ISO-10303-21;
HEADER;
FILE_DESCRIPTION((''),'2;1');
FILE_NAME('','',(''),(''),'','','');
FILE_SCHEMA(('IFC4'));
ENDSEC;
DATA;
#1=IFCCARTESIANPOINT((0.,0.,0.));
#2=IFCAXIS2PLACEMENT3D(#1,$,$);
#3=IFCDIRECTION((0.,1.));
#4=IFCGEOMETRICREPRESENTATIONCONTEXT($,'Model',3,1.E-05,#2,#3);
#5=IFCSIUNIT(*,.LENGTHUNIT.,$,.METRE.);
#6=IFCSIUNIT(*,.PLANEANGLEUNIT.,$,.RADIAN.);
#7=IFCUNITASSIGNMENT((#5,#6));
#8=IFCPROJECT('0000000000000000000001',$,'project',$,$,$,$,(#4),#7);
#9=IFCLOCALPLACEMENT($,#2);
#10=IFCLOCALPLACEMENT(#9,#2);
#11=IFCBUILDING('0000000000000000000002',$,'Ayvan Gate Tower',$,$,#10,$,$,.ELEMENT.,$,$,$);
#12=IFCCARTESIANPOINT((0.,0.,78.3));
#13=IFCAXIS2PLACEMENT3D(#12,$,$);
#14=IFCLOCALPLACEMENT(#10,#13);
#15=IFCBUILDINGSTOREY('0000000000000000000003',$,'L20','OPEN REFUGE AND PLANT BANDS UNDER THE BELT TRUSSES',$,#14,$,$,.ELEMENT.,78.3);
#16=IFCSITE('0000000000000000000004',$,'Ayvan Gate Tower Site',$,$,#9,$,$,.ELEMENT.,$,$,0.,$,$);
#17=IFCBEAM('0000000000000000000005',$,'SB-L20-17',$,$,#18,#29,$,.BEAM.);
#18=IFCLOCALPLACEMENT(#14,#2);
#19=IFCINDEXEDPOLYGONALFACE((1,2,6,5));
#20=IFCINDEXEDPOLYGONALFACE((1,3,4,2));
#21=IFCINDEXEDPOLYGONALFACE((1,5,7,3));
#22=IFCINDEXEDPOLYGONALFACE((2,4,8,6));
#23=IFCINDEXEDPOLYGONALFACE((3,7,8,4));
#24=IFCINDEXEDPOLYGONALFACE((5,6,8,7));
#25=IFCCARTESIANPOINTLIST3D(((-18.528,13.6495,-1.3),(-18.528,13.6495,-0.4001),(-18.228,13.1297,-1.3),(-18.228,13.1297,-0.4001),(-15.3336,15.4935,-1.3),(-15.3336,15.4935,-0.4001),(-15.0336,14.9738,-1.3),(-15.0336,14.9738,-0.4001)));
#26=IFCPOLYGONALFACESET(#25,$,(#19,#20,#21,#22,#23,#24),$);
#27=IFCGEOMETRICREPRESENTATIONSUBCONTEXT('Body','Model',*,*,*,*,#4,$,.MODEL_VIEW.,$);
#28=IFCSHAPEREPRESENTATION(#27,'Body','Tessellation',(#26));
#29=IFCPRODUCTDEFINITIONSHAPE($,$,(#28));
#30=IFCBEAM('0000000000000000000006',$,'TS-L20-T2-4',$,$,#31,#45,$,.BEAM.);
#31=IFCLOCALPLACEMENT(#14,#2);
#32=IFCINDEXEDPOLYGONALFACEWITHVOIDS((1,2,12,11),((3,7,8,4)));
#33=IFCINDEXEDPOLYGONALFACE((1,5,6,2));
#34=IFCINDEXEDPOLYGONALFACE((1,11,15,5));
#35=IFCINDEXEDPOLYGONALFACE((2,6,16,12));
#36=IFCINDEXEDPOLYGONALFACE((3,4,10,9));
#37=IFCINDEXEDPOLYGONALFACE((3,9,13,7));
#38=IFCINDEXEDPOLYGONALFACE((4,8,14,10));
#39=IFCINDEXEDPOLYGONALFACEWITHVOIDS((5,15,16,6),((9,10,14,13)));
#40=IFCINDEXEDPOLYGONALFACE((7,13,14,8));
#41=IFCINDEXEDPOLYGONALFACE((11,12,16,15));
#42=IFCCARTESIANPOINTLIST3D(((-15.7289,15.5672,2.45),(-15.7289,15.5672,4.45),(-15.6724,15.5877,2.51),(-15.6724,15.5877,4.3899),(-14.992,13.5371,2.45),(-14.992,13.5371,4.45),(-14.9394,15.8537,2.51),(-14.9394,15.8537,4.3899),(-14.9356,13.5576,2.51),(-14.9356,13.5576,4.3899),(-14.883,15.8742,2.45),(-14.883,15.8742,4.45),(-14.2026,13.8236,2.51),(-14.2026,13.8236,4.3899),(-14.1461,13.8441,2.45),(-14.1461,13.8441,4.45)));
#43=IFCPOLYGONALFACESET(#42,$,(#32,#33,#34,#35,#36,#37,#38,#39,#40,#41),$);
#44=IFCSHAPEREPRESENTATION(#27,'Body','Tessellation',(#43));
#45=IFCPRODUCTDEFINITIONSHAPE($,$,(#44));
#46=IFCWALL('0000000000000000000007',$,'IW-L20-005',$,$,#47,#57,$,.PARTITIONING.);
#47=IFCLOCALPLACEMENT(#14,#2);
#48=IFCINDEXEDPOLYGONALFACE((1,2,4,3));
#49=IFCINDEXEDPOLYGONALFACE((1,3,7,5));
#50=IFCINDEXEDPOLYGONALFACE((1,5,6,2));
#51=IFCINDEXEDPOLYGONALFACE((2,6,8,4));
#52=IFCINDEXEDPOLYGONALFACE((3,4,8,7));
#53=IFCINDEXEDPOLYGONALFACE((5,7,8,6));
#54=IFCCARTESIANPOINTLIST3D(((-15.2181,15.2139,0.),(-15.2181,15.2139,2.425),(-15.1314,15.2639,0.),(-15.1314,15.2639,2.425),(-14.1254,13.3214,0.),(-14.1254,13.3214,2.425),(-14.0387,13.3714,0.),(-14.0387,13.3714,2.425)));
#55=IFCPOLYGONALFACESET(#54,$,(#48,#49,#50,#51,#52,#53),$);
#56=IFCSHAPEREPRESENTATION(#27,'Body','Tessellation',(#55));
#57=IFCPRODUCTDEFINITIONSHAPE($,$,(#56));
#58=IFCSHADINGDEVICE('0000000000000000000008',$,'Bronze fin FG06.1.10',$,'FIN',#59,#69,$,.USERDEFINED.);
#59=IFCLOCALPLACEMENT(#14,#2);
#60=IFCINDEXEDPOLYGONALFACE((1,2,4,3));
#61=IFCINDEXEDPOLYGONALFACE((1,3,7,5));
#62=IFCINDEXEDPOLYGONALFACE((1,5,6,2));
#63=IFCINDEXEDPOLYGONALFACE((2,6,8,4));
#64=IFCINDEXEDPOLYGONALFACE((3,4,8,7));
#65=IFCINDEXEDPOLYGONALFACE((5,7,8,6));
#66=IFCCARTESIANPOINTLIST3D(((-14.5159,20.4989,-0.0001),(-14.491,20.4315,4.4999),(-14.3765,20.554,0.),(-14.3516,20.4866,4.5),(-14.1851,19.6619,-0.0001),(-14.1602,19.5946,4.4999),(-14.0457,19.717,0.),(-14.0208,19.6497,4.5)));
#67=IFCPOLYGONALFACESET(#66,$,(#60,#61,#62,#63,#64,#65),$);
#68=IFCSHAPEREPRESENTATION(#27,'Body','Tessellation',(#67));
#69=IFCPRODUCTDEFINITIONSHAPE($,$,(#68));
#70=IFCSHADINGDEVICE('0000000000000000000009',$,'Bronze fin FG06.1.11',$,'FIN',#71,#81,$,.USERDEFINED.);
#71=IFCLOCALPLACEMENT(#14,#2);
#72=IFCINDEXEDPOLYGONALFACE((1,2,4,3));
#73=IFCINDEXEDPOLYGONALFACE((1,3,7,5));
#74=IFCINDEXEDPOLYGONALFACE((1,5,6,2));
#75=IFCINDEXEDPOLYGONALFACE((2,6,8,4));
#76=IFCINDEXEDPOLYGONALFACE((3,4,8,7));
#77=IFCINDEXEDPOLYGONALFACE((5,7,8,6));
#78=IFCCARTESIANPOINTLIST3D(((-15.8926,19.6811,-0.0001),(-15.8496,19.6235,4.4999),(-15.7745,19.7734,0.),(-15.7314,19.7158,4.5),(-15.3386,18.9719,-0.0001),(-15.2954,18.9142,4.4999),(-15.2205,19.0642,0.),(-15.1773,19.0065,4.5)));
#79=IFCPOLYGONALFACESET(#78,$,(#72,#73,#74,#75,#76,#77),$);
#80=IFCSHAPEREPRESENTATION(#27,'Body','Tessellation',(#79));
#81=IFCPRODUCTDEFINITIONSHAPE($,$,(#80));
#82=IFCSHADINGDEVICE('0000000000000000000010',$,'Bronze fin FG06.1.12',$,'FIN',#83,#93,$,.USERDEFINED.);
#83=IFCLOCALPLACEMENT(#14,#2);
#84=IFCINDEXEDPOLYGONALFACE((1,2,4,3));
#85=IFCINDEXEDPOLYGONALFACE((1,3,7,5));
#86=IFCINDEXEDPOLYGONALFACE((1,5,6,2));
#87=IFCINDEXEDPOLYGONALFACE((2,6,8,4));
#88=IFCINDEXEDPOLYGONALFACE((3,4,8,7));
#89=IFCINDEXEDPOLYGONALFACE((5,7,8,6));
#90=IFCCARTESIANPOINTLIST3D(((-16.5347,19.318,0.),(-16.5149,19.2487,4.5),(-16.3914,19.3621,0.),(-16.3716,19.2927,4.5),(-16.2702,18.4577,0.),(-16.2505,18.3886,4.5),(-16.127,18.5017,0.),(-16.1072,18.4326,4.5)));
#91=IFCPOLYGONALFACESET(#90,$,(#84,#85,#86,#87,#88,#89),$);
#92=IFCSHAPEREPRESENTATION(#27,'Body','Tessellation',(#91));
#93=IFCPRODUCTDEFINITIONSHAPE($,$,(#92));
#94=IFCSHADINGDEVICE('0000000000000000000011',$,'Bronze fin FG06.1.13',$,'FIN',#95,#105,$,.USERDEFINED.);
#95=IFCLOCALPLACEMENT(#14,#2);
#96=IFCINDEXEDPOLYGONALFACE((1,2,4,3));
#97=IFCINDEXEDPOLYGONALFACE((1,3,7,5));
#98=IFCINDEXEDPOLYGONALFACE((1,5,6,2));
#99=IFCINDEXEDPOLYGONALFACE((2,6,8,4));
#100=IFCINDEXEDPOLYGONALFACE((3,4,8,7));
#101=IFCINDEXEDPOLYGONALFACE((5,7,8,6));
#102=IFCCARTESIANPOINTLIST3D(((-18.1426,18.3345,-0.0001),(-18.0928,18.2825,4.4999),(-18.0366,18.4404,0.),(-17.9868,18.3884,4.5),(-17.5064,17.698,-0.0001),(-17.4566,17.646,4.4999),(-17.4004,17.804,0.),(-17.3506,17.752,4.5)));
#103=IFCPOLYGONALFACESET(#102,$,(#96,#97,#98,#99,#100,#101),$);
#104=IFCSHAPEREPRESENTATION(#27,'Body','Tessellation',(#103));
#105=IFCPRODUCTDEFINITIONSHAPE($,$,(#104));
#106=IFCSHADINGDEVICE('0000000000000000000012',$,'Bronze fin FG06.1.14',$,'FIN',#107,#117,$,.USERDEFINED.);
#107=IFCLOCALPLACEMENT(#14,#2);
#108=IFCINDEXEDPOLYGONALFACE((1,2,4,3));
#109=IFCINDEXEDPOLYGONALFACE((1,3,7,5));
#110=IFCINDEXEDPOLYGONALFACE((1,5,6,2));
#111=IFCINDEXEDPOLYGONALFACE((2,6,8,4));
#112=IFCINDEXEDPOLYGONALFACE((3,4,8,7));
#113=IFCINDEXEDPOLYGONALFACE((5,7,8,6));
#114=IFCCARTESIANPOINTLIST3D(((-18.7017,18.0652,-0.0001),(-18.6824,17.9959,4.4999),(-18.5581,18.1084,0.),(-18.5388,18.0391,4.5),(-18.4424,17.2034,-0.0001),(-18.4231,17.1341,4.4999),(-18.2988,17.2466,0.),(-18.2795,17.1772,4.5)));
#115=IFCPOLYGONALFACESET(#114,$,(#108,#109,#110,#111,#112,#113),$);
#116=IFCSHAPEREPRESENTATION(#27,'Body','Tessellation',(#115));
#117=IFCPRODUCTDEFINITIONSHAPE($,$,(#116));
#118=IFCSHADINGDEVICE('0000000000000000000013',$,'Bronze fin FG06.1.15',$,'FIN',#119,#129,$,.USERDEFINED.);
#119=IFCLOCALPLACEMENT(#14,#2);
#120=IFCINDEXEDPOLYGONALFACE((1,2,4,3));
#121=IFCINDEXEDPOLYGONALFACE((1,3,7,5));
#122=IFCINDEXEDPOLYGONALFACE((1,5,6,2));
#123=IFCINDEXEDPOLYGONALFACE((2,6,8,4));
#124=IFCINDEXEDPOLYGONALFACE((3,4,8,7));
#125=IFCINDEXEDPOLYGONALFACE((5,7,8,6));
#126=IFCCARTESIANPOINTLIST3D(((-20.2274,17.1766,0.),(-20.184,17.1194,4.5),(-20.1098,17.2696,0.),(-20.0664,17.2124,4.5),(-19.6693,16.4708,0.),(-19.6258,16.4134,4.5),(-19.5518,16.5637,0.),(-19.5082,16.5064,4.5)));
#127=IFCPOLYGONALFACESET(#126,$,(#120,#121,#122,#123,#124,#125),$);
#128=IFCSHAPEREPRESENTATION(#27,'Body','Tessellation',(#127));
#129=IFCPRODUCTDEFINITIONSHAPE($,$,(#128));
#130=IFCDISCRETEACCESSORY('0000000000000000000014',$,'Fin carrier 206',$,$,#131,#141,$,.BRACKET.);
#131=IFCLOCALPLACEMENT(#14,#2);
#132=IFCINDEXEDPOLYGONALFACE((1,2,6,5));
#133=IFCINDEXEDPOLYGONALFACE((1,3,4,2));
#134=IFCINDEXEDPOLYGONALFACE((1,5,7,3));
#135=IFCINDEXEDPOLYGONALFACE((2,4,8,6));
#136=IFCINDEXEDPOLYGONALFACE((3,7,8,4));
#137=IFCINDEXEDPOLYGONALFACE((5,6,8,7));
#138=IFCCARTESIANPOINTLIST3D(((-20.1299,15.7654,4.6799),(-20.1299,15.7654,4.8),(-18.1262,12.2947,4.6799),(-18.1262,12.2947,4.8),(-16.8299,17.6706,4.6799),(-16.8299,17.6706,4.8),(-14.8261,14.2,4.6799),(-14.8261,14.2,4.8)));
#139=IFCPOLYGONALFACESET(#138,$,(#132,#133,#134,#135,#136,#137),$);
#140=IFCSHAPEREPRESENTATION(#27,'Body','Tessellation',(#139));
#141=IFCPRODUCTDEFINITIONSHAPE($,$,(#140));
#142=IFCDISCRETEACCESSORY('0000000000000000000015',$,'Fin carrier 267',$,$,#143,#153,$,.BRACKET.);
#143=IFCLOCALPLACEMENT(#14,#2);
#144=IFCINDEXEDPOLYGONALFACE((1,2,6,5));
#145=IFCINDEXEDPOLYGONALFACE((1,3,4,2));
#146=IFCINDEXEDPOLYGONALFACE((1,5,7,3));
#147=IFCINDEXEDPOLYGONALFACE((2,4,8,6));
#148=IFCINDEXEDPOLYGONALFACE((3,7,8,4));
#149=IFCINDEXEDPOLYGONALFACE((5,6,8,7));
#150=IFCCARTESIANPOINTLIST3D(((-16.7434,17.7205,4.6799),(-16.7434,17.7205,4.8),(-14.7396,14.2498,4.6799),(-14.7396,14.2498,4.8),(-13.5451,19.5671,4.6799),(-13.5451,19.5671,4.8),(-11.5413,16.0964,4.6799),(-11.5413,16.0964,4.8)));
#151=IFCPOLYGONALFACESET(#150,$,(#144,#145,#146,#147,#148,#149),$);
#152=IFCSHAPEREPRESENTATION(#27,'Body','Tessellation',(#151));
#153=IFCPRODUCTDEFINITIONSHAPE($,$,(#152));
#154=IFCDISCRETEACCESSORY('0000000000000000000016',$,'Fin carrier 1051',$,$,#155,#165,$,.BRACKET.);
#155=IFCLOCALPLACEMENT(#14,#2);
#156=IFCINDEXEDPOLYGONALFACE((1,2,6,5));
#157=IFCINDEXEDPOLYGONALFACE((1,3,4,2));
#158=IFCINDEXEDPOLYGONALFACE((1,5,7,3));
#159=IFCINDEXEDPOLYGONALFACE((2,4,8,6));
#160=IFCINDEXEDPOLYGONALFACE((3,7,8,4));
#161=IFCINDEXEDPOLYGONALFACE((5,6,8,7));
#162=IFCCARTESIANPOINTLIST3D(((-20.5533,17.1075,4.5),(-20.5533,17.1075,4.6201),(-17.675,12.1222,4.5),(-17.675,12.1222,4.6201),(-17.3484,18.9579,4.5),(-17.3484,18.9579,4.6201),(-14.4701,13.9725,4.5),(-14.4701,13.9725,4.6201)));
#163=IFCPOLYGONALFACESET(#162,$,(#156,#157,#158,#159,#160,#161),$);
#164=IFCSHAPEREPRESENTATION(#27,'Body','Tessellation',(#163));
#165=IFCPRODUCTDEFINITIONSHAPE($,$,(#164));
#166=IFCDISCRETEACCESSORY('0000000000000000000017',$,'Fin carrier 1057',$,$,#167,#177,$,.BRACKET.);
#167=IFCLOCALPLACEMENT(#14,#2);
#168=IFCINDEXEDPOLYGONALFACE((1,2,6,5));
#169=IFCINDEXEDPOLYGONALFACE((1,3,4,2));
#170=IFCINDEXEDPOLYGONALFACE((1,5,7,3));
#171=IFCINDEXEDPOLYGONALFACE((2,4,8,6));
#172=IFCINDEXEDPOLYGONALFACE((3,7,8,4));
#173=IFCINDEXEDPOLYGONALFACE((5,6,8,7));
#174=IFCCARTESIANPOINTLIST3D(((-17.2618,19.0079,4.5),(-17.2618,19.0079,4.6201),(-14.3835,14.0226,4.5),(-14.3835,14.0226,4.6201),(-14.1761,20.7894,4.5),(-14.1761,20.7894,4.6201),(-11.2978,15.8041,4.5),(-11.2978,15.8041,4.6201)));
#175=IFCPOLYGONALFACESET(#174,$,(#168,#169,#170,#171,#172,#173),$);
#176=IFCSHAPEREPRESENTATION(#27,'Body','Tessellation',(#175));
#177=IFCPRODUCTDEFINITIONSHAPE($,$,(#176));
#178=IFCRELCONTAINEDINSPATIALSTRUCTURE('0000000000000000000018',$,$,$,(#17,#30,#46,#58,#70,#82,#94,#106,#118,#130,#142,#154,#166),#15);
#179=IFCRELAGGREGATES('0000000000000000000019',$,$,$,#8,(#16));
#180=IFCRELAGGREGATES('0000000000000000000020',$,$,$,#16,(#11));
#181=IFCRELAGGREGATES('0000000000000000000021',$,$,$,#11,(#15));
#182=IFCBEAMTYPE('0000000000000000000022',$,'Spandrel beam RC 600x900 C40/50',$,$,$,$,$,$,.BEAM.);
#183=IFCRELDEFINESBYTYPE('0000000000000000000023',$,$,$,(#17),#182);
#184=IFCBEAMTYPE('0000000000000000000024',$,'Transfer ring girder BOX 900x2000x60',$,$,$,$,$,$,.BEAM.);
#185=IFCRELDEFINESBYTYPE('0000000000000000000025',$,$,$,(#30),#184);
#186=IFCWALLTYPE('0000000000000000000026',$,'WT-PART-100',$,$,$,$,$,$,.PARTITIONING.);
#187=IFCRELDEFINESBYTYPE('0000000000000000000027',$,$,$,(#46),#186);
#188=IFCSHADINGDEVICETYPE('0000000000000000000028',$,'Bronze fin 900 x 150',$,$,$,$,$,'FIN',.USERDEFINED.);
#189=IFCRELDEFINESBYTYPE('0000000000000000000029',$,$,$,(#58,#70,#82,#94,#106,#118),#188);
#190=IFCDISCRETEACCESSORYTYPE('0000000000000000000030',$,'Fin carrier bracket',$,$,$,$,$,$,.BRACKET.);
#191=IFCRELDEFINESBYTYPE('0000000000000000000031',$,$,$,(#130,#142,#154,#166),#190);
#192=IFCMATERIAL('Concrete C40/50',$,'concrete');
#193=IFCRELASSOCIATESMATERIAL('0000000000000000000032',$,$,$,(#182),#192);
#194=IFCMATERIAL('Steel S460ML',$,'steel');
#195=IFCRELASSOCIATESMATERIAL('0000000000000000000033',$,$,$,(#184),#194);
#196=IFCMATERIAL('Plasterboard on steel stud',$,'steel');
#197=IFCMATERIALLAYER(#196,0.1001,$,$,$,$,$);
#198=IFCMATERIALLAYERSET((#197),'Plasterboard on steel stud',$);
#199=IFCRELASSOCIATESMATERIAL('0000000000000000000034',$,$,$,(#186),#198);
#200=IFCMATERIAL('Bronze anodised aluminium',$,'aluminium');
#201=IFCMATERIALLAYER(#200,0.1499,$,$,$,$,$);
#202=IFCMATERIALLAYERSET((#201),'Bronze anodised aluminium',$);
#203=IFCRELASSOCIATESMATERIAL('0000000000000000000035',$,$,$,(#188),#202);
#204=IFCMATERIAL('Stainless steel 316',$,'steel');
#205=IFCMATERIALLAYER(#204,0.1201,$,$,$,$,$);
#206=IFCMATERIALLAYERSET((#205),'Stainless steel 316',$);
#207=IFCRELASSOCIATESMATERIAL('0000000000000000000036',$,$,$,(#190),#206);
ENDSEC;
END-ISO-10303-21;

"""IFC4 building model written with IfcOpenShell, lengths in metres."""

from ifc_helpers import new_model, si_unit, direction, frame, frame_2d, origin, origin_2d, place, context, subcontext, project, spatial, polyline, rectangle, hollow_rectangle, outline, extrude, material, layer, layer_set, material_profile, profile_set, type_object, element, save


model = new_model("IFC4")

# Units and contexts
model_context = context("Model", 3, precision=1e-05, world=origin(), true_north=direction((0.0, 1.0)))
body_context = subcontext(model_context, "Body", "Model", "MODEL_VIEW")
ifc_project = project(units=[si_unit("LENGTHUNIT", "METRE"), si_unit("PLANEANGLEUNIT", "RADIAN")], contexts=[model_context])

# Site, building, storey
site_placement = place(None, origin())
site = spatial("IfcSite", under=ifc_project, at=site_placement, Name="Ayvan Gate Tower Site", CompositionType="ELEMENT", RefElevation=0.0)
building_placement = place(site_placement, origin())
building = spatial("IfcBuilding", under=site, at=building_placement, Name="Ayvan Gate Tower", CompositionType="ELEMENT")
storey_placement = place(building_placement, frame((0.0, 0.0, 78.3)))
storey = spatial("IfcBuildingStorey", under=building, at=storey_placement, Name="L20", Description="OPEN REFUGE AND PLANT BANDS UNDER THE BELT TRUSSES", CompositionType="ELEMENT", Elevation=78.3)

# Shared definitions
ifc_material_1 = material(Name="Steel S460ML", Category="steel")

# Beams
ifc_material_2 = material(Name="Concrete C40/50", Category="concrete")
ifc_material_profile_1 = material_profile(ifc_material_2, rectangle(XDim=0.6001, YDim=0.8999, at=origin_2d()), Name="RC 600x900")
ifc_profile_set_1 = profile_set([ifc_material_profile_1], Name="Concrete C40/50")
beam_type_1 = type_object("IfcBeamType", Name="Spandrel beam RC 600x900 C40/50", PredefinedType="BEAM", material=ifc_profile_set_1)
beam_1_placement = place(storey_placement, frame((-15.1836, 15.2336, -0.8501), z_axis=(-0.866056, -0.499948, 0.0), x_axis=(0.499948, -0.866056, 0.0)))
element("IfcBeam", 1, at=beam_1_placement, inside=storey, type_object=beam_type_1, Name="SB-L20-17", PredefinedType="BEAM", context=body_context, shape_type="SweptSolid", body=[
    extrude(rectangle(XDim=0.6001, YDim=0.8999, at=origin_2d()), origin(), (0.0, 0.0, 1.0), 3.6885),
])
ifc_material_profile_2 = material_profile(ifc_material_1, hollow_rectangle(XDim=0.8999, YDim=2.0, WallThickness=0.0601, at=origin_2d()), Name="BOX 900x2000x60")
ifc_profile_set_2 = profile_set([ifc_material_profile_2], Name="Steel S460ML")
beam_type_2 = type_object("IfcBeamType", Name="Transfer ring girder BOX 900x2000x60", PredefinedType="BEAM", material=ifc_profile_set_2)
beam_2_placement = place(storey_placement, frame((-15.3059, 15.7207, 3.45), z_axis=(0.34118, -0.939998, 0.0), x_axis=(0.939998, 0.34118, 0.0)))
element("IfcBeam", 2, at=beam_2_placement, inside=storey, type_object=beam_type_2, Name="TS-L20-T2-4", PredefinedType="BEAM", context=body_context, shape_type="SweptSolid", body=[
    extrude(hollow_rectangle(XDim=0.8999, YDim=2.0, WallThickness=0.0601, at=origin_2d()), origin(), (0.0, 0.0, 1.0), 2.1597),
])

# Wall
ifc_material_3 = material(Name="Plasterboard on steel stud", Category="steel")
ifc_layer_1 = layer(ifc_material_3, 0.1001)
ifc_layer_set_1 = layer_set([ifc_layer_1], Name="Plasterboard on steel stud")
wall_type = type_object("IfcWallType", Name="WT-PART-100", PredefinedType="PARTITIONING", material=ifc_layer_set_1)
wall_placement = place(storey_placement, frame((-15.1748, 15.239, 0.0), z_axis=(0.0, 0.0, 1.0), x_axis=(0.500032, -0.866007, 0.0)))
element("IfcWall", 3, at=wall_placement, inside=storey, type_object=wall_type, Name="IW-L20-005", PredefinedType="PARTITIONING", context=body_context, shape_type="SweptSolid", body=[
    extrude(rectangle(XDim=2.1853, YDim=0.1001, at=frame_2d((1.0928, 0.0))), origin(), (0.0, 0.0, 1.0), 2.425),
])

# Shading devices
ifc_material_4 = material(Name="Bronze anodised aluminium", Category="aluminium")
ifc_layer_2 = layer(ifc_material_4, 0.1499)
ifc_layer_set_2 = layer_set([ifc_layer_2], Name="Bronze anodised aluminium")
shading_device_type = type_object("IfcShadingDeviceType", Name="Bronze fin 900 x 150", ElementType="FIN", PredefinedType="USERDEFINED", material=ifc_layer_set_2)
shading_device_1_placement = place(storey_placement, frame((-14.0457, 19.717, 0.0), z_axis=(0.929984, 0.367599, 0.000358), x_axis=(-0.367599, 0.929984, 0.0)))
element("IfcShadingDevice", 4, at=shading_device_1_placement, inside=storey, type_object=shading_device_type, Name="Bronze fin FG06.1.10", ObjectType="FIN", PredefinedType="USERDEFINED", context=body_context, shape_type="SweptSolid", body=[
    extrude(outline(polyline([(0.0, 0.0), (0.8999, 0.0), (0.8281, 4.5), (-0.0718, 4.5), (0.0, 0.0)])), origin(), (0.0, 0.0, -1.0), 0.1499),
])
shading_device_2_placement = place(storey_placement, frame((-15.2205, 19.0642, 0.0), z_axis=(0.788028, 0.615639, 0.000337), x_axis=(-0.615639, 0.788028, 0.0)))
element("IfcShadingDevice", 5, at=shading_device_2_placement, inside=storey, type_object=shading_device_type, Name="Bronze fin FG06.1.11", ObjectType="FIN", PredefinedType="USERDEFINED", context=body_context, shape_type="SweptSolid", body=[
    extrude(outline(polyline([(0.0, 0.0), (0.8999, 0.0), (0.8281, 4.5), (-0.072, 4.5), (0.0, 0.0)])), origin(), (0.0, 0.0, -1.0), 0.1499),
])
shading_device_3_placement = place(storey_placement, frame((-16.127, 18.5017, 0.0), z_axis=(0.955867, 0.2938, 0.000318), x_axis=(-0.2938, 0.955867, 0.0)))
element("IfcShadingDevice", 6, at=shading_device_3_placement, inside=storey, type_object=shading_device_type, Name="Bronze fin FG06.1.12", ObjectType="FIN", PredefinedType="USERDEFINED", context=body_context, shape_type="SweptSolid", body=[
    extrude(outline(polyline([(0.0, 0.0), (0.9001, 0.0), (0.828, 4.5), (-0.0719, 4.5), (0.0, 0.0)])), origin(), (0.0, 0.0, -1.0), 0.1499),
])
shading_device_4_placement = place(storey_placement, frame((-17.4004, 17.804, 0.0), z_axis=(0.707242, 0.706971, 0.000342), x_axis=(-0.706971, 0.707242, 0.0)))
element("IfcShadingDevice", 7, at=shading_device_4_placement, inside=storey, type_object=shading_device_type, Name="Bronze fin FG06.1.13", ObjectType="FIN", PredefinedType="USERDEFINED", context=body_context, shape_type="SweptSolid", body=[
    extrude(outline(polyline([(0.0, 0.0), (0.8999, 0.0), (0.8279, 4.5), (-0.072, 4.5), (0.0, 0.0)])), origin(), (0.0, 0.0, -1.0), 0.1499),
])
shading_device_5_placement = place(storey_placement, frame((-18.2988, 17.2466, 0.0), z_axis=(0.957602, 0.288094, 0.000335), x_axis=(-0.288094, 0.957602, 0.0)))
element("IfcShadingDevice", 8, at=shading_device_5_placement, inside=storey, type_object=shading_device_type, Name="Bronze fin FG06.1.14", ObjectType="FIN", PredefinedType="USERDEFINED", context=body_context, shape_type="SweptSolid", body=[
    extrude(outline(polyline([(0.0, 0.0), (0.9, 0.0), (0.828, 4.5), (-0.072, 4.5), (0.0, 0.0)])), origin(), (0.0, 0.0, -1.0), 0.1499),
])
shading_device_6_placement = place(storey_placement, frame((-19.5518, 16.5637, 0.0), z_axis=(0.784455, 0.620185, 0.000315), x_axis=(-0.620185, 0.784455, 0.0)))
element("IfcShadingDevice", 9, at=shading_device_6_placement, inside=storey, type_object=shading_device_type, Name="Bronze fin FG06.1.15", ObjectType="FIN", PredefinedType="USERDEFINED", context=body_context, shape_type="SweptSolid", body=[
    extrude(outline(polyline([(0.0, 0.0), (0.8998, 0.0), (0.828, 4.5), (-0.072, 4.5), (0.0, 0.0)])), origin(), (0.0, 0.0, -1.0), 0.1499),
])

# Discrete accessories
ifc_material_5 = material(Name="Stainless steel 316", Category="steel")
ifc_layer_3 = layer(ifc_material_5, 0.1201)
ifc_layer_set_3 = layer_set([ifc_layer_3], Name="Stainless steel 316")
discrete_accessory_type_1 = type_object("IfcDiscreteAccessoryType", Name="Fin carrier bracket", PredefinedType="BRACKET", material=ifc_layer_set_3)
discrete_accessory_1_placement = place(storey_placement, frame((-17.478, 14.9827, 4.6799), z_axis=(0.0, 0.0, 1.0), x_axis=(-0.866025, -0.5, 0.0)))
element("IfcDiscreteAccessory", 10, at=discrete_accessory_1_placement, inside=storey, type_object=discrete_accessory_type_1, Name="Fin carrier 206", PredefinedType="BRACKET", context=body_context, shape_type="SweptSolid", body=[
    extrude(rectangle(XDim=3.8105, YDim=4.0076, at=origin_2d()), origin(), (0.0, 0.0, 1.0), 0.1201),
])
discrete_accessory_2_placement = place(storey_placement, frame((-14.1423, 16.9084, 4.6799), z_axis=(0.0, 0.0, 1.0), x_axis=(-0.866025, -0.5, 0.0)))
element("IfcDiscreteAccessory", 11, at=discrete_accessory_2_placement, inside=storey, type_object=discrete_accessory_type_1, Name="Fin carrier 267", PredefinedType="BRACKET", context=body_context, shape_type="SweptSolid", body=[
    extrude(rectangle(XDim=3.6931, YDim=4.0076, at=origin_2d()), origin(), (0.0, 0.0, 1.0), 0.1201),
])
discrete_accessory_3_placement = place(storey_placement, frame((-17.5117, 15.54, 4.5), z_axis=(0.0, 0.0, 1.0), x_axis=(-0.866025, -0.5, 0.0)))
element("IfcDiscreteAccessory", 12, at=discrete_accessory_3_placement, inside=storey, type_object=discrete_accessory_type_1, Name="Fin carrier 1051", PredefinedType="BRACKET", context=body_context, shape_type="SweptSolid", body=[
    extrude(rectangle(XDim=3.7007, YDim=5.7566, at=origin_2d()), origin(), (0.0, 0.0, 1.0), 0.1201),
])
discrete_accessory_4_placement = place(storey_placement, frame((-14.2798, 17.406, 4.5), z_axis=(0.0, 0.0, 1.0), x_axis=(-0.866025, -0.5, 0.0)))
element("IfcDiscreteAccessory", 13, at=discrete_accessory_4_placement, inside=storey, type_object=discrete_accessory_type_1, Name="Fin carrier 1057", PredefinedType="BRACKET", context=body_context, shape_type="SweptSolid", body=[
    extrude(rectangle(XDim=3.563, YDim=5.7566, at=origin_2d()), origin(), (0.0, 0.0, 1.0), 0.1201),
])

save(model, "model.ifc")
